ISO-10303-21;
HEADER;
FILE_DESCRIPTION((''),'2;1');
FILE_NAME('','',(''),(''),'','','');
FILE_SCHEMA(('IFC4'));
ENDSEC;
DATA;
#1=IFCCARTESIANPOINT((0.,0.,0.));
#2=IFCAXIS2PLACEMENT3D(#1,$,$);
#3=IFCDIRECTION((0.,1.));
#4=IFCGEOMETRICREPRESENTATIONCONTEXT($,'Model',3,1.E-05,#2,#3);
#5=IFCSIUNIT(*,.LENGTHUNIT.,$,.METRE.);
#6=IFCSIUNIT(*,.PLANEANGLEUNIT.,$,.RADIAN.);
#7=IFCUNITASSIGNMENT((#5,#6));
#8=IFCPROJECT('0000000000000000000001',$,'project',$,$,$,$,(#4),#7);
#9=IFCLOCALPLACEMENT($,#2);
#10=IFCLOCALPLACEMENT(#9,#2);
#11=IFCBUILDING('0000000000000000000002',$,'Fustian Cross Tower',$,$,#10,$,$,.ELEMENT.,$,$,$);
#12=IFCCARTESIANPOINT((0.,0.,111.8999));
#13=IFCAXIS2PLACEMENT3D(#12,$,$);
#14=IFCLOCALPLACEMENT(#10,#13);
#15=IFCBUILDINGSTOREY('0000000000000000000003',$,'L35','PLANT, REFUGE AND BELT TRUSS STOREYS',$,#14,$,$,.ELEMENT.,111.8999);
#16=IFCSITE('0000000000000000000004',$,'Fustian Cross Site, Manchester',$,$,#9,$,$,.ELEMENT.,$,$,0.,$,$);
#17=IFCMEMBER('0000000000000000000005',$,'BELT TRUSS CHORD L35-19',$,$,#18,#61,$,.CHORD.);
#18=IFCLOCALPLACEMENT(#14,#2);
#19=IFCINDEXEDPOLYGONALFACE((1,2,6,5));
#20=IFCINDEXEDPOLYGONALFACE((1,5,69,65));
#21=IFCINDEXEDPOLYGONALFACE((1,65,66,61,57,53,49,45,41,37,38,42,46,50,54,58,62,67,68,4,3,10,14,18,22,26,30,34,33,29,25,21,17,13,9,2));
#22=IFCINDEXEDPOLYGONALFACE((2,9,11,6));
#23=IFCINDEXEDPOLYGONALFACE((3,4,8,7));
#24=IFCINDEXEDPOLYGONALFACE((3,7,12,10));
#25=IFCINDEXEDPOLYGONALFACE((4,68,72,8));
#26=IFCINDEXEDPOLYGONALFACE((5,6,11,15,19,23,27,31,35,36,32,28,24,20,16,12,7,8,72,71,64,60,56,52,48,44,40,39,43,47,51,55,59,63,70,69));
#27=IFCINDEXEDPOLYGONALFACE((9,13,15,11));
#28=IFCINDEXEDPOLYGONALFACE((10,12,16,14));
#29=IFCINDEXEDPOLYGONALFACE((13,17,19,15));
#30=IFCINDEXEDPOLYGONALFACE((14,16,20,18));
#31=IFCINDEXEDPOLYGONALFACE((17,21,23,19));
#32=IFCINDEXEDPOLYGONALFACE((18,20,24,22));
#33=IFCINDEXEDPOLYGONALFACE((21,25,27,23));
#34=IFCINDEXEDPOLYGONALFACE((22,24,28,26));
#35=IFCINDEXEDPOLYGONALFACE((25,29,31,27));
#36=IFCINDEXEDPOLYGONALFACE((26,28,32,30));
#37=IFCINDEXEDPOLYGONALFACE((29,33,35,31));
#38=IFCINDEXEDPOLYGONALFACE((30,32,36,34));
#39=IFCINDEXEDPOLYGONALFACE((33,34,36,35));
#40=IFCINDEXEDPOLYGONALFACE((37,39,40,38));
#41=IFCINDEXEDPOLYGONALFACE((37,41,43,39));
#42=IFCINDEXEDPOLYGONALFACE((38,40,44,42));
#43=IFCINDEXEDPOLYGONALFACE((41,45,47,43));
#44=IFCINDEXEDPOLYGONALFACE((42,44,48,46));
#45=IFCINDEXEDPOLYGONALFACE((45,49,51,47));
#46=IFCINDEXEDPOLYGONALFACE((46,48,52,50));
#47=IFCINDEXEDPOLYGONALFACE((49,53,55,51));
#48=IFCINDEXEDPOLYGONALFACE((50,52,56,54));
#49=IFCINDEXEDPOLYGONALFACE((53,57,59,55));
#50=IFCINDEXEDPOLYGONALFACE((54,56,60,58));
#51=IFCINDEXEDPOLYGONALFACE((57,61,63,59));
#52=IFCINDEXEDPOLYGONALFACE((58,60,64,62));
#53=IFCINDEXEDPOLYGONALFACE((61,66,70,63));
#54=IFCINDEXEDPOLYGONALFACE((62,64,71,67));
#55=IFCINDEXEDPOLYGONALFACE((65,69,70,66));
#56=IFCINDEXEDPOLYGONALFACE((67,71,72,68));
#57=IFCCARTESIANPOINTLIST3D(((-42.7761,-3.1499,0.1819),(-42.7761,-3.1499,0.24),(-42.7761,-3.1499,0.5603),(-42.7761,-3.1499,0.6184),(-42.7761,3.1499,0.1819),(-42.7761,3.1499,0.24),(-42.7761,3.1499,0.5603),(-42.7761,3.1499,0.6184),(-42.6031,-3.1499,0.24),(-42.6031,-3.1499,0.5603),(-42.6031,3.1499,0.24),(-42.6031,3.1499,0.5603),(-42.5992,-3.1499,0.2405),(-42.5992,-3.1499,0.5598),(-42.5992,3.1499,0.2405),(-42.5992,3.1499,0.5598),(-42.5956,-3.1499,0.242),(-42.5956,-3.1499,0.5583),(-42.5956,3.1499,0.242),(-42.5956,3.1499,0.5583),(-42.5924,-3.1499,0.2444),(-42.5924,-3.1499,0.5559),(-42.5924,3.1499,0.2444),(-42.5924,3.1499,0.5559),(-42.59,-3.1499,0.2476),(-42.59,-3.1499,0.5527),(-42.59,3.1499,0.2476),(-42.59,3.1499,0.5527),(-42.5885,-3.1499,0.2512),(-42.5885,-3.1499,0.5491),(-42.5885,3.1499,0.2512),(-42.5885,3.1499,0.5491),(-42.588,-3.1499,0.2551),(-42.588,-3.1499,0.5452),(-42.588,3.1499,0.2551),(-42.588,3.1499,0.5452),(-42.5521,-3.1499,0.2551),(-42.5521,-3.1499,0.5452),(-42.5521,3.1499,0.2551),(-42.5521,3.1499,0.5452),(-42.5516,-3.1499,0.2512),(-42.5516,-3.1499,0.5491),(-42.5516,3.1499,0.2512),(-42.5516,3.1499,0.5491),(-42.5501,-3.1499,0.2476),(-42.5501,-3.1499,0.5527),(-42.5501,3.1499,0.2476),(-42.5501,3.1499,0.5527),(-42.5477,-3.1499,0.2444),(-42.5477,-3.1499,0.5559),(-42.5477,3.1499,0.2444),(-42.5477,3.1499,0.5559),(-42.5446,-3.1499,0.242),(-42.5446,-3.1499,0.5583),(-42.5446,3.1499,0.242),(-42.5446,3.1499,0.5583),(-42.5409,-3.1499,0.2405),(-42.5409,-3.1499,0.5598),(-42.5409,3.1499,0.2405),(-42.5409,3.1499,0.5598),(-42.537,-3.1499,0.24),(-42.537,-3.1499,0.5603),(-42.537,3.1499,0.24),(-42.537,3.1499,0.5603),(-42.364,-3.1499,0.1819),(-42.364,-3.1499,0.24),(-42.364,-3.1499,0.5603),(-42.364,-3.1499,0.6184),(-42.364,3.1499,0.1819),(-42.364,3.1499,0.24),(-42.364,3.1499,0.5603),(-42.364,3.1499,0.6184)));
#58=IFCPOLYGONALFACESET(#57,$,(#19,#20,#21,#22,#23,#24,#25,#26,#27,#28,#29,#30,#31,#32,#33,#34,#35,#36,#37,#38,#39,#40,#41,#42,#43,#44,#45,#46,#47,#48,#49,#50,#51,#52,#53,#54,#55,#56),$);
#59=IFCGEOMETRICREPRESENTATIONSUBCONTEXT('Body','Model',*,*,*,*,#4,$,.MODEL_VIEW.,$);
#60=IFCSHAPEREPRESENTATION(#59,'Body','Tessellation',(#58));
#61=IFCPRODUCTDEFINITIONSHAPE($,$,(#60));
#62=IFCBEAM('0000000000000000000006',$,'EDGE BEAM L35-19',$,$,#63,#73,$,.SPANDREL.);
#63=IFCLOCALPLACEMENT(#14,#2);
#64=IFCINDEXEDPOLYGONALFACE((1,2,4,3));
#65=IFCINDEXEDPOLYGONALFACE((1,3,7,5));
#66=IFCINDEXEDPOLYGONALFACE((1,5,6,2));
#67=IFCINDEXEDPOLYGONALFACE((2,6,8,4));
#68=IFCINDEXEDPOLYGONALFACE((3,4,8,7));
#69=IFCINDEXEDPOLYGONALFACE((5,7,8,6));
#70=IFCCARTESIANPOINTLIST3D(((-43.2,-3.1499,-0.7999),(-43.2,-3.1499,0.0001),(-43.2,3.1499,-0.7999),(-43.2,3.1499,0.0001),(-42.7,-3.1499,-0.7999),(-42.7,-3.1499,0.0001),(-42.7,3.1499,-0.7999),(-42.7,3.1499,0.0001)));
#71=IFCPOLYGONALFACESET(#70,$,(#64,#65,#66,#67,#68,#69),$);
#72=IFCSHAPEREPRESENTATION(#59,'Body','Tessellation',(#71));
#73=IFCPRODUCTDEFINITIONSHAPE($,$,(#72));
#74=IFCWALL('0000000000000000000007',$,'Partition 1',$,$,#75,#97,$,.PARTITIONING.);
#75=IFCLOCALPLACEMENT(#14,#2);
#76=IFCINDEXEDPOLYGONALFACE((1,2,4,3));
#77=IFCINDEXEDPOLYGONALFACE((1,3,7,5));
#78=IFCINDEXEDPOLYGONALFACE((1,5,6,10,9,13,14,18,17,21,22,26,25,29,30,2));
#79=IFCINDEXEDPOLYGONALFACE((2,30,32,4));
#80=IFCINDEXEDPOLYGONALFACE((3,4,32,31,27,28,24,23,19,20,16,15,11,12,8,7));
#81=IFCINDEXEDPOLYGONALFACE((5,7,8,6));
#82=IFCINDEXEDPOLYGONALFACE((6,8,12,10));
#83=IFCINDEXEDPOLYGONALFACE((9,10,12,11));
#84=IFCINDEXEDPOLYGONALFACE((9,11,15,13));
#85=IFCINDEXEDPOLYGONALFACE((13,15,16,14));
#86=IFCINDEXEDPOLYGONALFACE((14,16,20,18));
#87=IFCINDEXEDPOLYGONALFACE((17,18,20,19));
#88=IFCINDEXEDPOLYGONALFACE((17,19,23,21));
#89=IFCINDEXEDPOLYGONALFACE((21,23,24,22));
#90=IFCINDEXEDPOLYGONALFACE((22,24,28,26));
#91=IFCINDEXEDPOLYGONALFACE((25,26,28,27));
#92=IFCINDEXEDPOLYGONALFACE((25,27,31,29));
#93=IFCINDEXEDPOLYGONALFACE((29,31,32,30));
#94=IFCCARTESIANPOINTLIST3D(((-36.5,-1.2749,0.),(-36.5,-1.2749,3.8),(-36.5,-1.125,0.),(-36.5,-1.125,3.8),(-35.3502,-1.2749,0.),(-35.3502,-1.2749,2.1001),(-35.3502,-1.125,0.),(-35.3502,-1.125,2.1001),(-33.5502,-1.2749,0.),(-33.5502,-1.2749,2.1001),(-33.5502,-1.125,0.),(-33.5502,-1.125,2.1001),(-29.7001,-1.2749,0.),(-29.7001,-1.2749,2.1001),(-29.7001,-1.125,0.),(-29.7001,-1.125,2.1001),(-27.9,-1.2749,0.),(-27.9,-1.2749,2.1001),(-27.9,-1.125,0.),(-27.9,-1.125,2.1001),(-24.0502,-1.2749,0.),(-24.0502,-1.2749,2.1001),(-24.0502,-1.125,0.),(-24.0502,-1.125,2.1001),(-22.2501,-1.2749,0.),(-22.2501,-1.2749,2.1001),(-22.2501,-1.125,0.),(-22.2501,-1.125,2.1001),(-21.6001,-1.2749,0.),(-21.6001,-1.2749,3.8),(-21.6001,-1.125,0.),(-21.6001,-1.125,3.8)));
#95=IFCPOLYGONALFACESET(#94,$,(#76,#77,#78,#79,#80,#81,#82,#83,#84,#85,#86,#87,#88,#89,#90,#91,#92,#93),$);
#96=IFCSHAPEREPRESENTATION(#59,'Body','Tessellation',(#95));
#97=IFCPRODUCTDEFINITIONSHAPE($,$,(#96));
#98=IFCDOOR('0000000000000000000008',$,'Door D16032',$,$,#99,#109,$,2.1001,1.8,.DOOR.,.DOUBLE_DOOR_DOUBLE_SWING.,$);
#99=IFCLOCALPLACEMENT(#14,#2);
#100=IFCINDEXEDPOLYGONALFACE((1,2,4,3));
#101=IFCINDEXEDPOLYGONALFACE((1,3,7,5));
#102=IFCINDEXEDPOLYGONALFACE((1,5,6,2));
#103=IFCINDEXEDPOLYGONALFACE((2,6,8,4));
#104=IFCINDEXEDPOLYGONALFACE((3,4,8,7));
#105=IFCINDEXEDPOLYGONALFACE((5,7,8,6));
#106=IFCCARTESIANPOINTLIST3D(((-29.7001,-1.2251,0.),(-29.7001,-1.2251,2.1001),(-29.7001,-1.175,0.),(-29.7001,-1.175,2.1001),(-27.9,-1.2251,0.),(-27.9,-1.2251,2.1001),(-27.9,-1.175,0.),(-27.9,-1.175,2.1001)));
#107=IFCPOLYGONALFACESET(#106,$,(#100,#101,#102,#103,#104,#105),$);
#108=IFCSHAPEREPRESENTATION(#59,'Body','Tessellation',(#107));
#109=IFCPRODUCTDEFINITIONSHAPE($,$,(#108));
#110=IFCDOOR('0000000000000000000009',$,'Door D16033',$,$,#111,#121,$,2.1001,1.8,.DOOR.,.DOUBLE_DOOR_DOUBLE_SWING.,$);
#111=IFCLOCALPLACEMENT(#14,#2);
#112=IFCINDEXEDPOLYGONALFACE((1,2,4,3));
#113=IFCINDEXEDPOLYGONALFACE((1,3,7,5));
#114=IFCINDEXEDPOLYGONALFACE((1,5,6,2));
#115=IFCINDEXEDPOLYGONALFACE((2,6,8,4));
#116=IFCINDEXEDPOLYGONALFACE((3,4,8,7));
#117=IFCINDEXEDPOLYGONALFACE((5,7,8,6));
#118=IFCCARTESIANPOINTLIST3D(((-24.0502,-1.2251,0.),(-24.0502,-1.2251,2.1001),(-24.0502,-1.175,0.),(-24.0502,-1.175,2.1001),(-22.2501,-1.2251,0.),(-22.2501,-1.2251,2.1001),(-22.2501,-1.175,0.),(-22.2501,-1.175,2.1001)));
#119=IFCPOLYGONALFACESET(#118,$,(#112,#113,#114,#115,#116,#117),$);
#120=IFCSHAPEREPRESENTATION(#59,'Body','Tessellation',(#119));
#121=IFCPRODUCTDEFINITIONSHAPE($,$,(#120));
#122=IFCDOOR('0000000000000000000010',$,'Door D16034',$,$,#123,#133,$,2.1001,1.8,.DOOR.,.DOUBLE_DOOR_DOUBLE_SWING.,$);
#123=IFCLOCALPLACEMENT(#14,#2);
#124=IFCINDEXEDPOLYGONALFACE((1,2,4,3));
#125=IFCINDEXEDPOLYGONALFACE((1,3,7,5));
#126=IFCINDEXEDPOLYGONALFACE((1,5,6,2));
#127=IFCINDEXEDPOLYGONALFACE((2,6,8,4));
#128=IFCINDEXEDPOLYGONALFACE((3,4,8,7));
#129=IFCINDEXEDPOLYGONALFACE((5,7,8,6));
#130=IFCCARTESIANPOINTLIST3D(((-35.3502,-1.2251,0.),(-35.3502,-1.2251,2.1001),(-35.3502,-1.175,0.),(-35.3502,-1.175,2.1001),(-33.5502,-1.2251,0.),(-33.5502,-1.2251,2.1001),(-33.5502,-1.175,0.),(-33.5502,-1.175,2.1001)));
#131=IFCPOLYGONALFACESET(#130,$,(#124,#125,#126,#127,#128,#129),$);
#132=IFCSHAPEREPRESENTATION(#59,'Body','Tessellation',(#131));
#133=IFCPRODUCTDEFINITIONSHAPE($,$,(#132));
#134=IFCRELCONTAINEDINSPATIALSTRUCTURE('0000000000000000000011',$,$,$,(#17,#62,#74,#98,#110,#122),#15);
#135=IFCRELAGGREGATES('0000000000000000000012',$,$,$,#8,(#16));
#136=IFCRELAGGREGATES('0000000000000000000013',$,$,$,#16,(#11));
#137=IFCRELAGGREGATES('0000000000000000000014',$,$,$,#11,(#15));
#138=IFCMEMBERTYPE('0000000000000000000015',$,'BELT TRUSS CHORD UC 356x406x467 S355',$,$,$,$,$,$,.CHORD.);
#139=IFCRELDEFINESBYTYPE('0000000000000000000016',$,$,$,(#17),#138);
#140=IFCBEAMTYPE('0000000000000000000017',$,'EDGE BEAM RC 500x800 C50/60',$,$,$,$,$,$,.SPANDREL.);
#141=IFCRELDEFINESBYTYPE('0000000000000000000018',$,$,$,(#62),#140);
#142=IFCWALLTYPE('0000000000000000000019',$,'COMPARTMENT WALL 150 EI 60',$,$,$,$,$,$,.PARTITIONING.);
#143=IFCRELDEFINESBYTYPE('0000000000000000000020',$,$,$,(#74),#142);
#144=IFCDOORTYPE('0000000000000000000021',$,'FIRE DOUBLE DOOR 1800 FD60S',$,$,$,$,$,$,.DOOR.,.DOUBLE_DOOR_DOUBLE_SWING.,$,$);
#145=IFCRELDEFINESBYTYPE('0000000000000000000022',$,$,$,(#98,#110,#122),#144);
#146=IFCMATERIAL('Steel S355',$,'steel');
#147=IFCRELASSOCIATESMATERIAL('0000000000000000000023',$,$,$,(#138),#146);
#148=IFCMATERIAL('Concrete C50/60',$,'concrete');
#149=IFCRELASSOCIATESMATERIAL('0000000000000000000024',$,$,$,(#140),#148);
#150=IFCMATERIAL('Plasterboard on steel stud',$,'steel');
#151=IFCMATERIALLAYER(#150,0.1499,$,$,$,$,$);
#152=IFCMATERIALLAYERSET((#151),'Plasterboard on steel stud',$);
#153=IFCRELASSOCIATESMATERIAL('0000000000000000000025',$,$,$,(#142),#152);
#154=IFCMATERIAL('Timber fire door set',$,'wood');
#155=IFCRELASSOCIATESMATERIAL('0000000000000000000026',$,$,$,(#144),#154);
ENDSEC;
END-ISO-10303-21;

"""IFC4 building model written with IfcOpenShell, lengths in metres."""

from ifc_helpers import new_model, si_unit, direction, frame, frame_2d, origin, origin_2d, place, context, subcontext, project, spatial, rectangle, i_section, extrude, material, layer, layer_set, material_profile, profile_set, type_object, element, fill, save


model = new_model("IFC4")

# Units and contexts
model_context = context("Model", 3, precision=1e-05, world=origin(), true_north=direction((0.0, 1.0)))
body_context = subcontext(model_context, "Body", "Model", "MODEL_VIEW")
ifc_project = project(units=[si_unit("LENGTHUNIT", "METRE"), si_unit("PLANEANGLEUNIT", "RADIAN")], contexts=[model_context])

# Site, building, storey
site_placement = place(None, origin())
site = spatial("IfcSite", under=ifc_project, at=site_placement, Name="Fustian Cross Site, Manchester", CompositionType="ELEMENT", RefElevation=0.0)
building_placement = place(site_placement, origin())
building = spatial("IfcBuilding", under=site, at=building_placement, Name="Fustian Cross Tower", CompositionType="ELEMENT")
storey_placement = place(building_placement, frame((0.0, 0.0, 111.8999)))
storey = spatial("IfcBuildingStorey", under=building, at=storey_placement, Name="L35", Description="PLANT, REFUGE AND BELT TRUSS STOREYS", CompositionType="ELEMENT", Elevation=111.8999)

# Member
ifc_material_1 = material(Name="Steel S355", Category="steel")
ifc_material_profile_1 = material_profile(ifc_material_1, i_section(OverallWidth=0.4121, OverallDepth=0.4365, WebThickness=0.0359, FlangeThickness=0.0581, FilletRadius=0.0151, at=origin_2d()), Name="UC 356x406x467")
ifc_profile_set_1 = profile_set([ifc_material_profile_1], Name="Steel S355")
member_type_1 = type_object("IfcMemberType", Name="BELT TRUSS CHORD UC 356x406x467 S355", PredefinedType="CHORD", material=ifc_profile_set_1)
for number, where, z_axis, x_axis, name in (
    (1, (-42.5701, 3.1499, 0.4001), (0.0, -1.0, 0.0), (1.0, 0.0, 0.0), "BELT TRUSS CHORD L35-19"),
):
    element("IfcMember", number, at=place(storey_placement, frame(where, z_axis=z_axis, x_axis=x_axis)), inside=storey, type_object=member_type_1, Name=name, PredefinedType="CHORD", context=body_context, shape_type="SweptSolid", body=[
        extrude(i_section(OverallWidth=0.4121, OverallDepth=0.4365, WebThickness=0.0359, FlangeThickness=0.0581, FilletRadius=0.0151, at=origin_2d()), origin(), (0.0, 0.0, 1.0), 6.2998),
    ])

# Beam
ifc_material_2 = material(Name="Concrete C50/60", Category="concrete")
ifc_material_profile_2 = material_profile(ifc_material_2, rectangle(XDim=0.5, YDim=0.8, at=origin_2d()), Name="RC 500x800")
ifc_profile_set_2 = profile_set([ifc_material_profile_2], Name="Concrete C50/60")
beam_type = type_object("IfcBeamType", Name="EDGE BEAM RC 500x800 C50/60", PredefinedType="SPANDREL", material=ifc_profile_set_2)
beam_placement = place(storey_placement, frame((-42.95, 3.1499, -0.3999), z_axis=(0.0, -1.0, 0.0), x_axis=(1.0, 0.0, 0.0)))
element("IfcBeam", 2, at=beam_placement, inside=storey, type_object=beam_type, Name="EDGE BEAM L35-19", PredefinedType="SPANDREL", context=body_context, shape_type="SweptSolid", body=[
    extrude(rectangle(XDim=0.5, YDim=0.8, at=origin_2d()), origin(), (0.0, 0.0, 1.0), 6.2998),
])

# Wall, openings, doors
ifc_material_3 = material(Name="Plasterboard on steel stud", Category="steel")
ifc_layer_1 = layer(ifc_material_3, 0.1499)
ifc_layer_set_1 = layer_set([ifc_layer_1], Name="Plasterboard on steel stud")
wall_type_1 = type_object("IfcWallType", Name="COMPARTMENT WALL 150 EI 60", PredefinedType="PARTITIONING", material=ifc_layer_set_1)
wall_1_placement = place(storey_placement, frame((-36.5, -1.2, 0.0), z_axis=(0.0, 0.0, 1.0), x_axis=(1.0, 0.0, 0.0)))
wall_1 = element("IfcWall", 3, at=wall_1_placement, inside=storey, type_object=wall_type_1, Name="Partition 1", PredefinedType="PARTITIONING", context=body_context, shape_type="SweptSolid", body=[
    extrude(rectangle(XDim=14.8999, YDim=0.1499, at=frame_2d((7.45, 0.0))), origin(), (0.0, 0.0, 1.0), 3.8),
])
opening_1_placement = place(wall_1_placement, frame((6.8, 0.0, 0.0)))
opening_1 = element("IfcOpeningElement", 4, at=opening_1_placement, cuts=wall_1, PredefinedType="OPENING", context=body_context, shape_type="SweptSolid", body=[
    extrude(rectangle(XDim=1.8, YDim=2.1001, at=frame_2d((0.8999, 1.05))), frame((0.0, 0.085, 0.0), z_axis=(0.0, -1.0, 0.0), x_axis=(1.0, 0.0, 0.0)), (0.0, 0.0, 1.0), 0.1699),
])
opening_2_placement = place(wall_1_placement, frame((12.45, 0.0, 0.0)))
opening_2 = element("IfcOpeningElement", 5, at=opening_2_placement, cuts=wall_1, PredefinedType="OPENING", context=body_context, shape_type="SweptSolid", body=[
    extrude(rectangle(XDim=1.8, YDim=2.1001, at=frame_2d((0.8999, 1.05))), frame((0.0, 0.085, 0.0), z_axis=(0.0, -1.0, 0.0), x_axis=(1.0, 0.0, 0.0)), (0.0, 0.0, 1.0), 0.1699),
])
opening_3_placement = place(wall_1_placement, frame((1.1499, 0.0, 0.0)))
opening_3 = element("IfcOpeningElement", 6, at=opening_3_placement, cuts=wall_1, PredefinedType="OPENING", context=body_context, shape_type="SweptSolid", body=[
    extrude(rectangle(XDim=1.8, YDim=2.1001, at=frame_2d((0.8999, 1.05))), frame((0.0, 0.085, 0.0), z_axis=(0.0, -1.0, 0.0), x_axis=(1.0, 0.0, 0.0)), (0.0, 0.0, 1.0), 0.1699),
])
ifc_material_4 = material(Name="Timber fire door set", Category="wood")
door_type_1 = type_object("IfcDoorType", Name="FIRE DOUBLE DOOR 1800 FD60S", OperationType="DOUBLE_DOOR_DOUBLE_SWING", PredefinedType="DOOR", material=ifc_material_4)
door_1_placement = place(opening_1_placement, origin())
door_1 = element("IfcDoor", 7, at=door_1_placement, inside=storey, type_object=door_type_1, Name="Door D16032", OperationType="DOUBLE_DOOR_DOUBLE_SWING", OverallHeight=2.1001, OverallWidth=1.8, PredefinedType="DOOR", context=body_context, shape_type="SweptSolid", body=[
    extrude(rectangle(XDim=1.8, YDim=2.1001, at=frame_2d((0.8999, 1.05))), frame((0.0, 0.0249, 0.0), z_axis=(0.0, -1.0, 0.0), x_axis=(1.0, 0.0, 0.0)), (0.0, 0.0, 1.0), 0.05),
])
fill(opening_1, door_1)
door_2_placement = place(opening_2_placement, origin())
door_2 = element("IfcDoor", 8, at=door_2_placement, inside=storey, type_object=door_type_1, Name="Door D16033", OperationType="DOUBLE_DOOR_DOUBLE_SWING", OverallHeight=2.1001, OverallWidth=1.8, PredefinedType="DOOR", context=body_context, shape_type="SweptSolid", body=[
    extrude(rectangle(XDim=1.8, YDim=2.1001, at=frame_2d((0.8999, 1.05))), frame((0.0, 0.0249, 0.0), z_axis=(0.0, -1.0, 0.0), x_axis=(1.0, 0.0, 0.0)), (0.0, 0.0, 1.0), 0.05),
])
fill(opening_2, door_2)
door_3_placement = place(opening_3_placement, origin())
door_3 = element("IfcDoor", 9, at=door_3_placement, inside=storey, type_object=door_type_1, Name="Door D16034", OperationType="DOUBLE_DOOR_DOUBLE_SWING", OverallHeight=2.1001, OverallWidth=1.8, PredefinedType="DOOR", context=body_context, shape_type="SweptSolid", body=[
    extrude(rectangle(XDim=1.8, YDim=2.1001, at=frame_2d((0.8999, 1.05))), frame((0.0, 0.0249, 0.0), z_axis=(0.0, -1.0, 0.0), x_axis=(1.0, 0.0, 0.0)), (0.0, 0.0, 1.0), 0.05),
])
fill(opening_3, door_3)

save(model, "model.ifc")
